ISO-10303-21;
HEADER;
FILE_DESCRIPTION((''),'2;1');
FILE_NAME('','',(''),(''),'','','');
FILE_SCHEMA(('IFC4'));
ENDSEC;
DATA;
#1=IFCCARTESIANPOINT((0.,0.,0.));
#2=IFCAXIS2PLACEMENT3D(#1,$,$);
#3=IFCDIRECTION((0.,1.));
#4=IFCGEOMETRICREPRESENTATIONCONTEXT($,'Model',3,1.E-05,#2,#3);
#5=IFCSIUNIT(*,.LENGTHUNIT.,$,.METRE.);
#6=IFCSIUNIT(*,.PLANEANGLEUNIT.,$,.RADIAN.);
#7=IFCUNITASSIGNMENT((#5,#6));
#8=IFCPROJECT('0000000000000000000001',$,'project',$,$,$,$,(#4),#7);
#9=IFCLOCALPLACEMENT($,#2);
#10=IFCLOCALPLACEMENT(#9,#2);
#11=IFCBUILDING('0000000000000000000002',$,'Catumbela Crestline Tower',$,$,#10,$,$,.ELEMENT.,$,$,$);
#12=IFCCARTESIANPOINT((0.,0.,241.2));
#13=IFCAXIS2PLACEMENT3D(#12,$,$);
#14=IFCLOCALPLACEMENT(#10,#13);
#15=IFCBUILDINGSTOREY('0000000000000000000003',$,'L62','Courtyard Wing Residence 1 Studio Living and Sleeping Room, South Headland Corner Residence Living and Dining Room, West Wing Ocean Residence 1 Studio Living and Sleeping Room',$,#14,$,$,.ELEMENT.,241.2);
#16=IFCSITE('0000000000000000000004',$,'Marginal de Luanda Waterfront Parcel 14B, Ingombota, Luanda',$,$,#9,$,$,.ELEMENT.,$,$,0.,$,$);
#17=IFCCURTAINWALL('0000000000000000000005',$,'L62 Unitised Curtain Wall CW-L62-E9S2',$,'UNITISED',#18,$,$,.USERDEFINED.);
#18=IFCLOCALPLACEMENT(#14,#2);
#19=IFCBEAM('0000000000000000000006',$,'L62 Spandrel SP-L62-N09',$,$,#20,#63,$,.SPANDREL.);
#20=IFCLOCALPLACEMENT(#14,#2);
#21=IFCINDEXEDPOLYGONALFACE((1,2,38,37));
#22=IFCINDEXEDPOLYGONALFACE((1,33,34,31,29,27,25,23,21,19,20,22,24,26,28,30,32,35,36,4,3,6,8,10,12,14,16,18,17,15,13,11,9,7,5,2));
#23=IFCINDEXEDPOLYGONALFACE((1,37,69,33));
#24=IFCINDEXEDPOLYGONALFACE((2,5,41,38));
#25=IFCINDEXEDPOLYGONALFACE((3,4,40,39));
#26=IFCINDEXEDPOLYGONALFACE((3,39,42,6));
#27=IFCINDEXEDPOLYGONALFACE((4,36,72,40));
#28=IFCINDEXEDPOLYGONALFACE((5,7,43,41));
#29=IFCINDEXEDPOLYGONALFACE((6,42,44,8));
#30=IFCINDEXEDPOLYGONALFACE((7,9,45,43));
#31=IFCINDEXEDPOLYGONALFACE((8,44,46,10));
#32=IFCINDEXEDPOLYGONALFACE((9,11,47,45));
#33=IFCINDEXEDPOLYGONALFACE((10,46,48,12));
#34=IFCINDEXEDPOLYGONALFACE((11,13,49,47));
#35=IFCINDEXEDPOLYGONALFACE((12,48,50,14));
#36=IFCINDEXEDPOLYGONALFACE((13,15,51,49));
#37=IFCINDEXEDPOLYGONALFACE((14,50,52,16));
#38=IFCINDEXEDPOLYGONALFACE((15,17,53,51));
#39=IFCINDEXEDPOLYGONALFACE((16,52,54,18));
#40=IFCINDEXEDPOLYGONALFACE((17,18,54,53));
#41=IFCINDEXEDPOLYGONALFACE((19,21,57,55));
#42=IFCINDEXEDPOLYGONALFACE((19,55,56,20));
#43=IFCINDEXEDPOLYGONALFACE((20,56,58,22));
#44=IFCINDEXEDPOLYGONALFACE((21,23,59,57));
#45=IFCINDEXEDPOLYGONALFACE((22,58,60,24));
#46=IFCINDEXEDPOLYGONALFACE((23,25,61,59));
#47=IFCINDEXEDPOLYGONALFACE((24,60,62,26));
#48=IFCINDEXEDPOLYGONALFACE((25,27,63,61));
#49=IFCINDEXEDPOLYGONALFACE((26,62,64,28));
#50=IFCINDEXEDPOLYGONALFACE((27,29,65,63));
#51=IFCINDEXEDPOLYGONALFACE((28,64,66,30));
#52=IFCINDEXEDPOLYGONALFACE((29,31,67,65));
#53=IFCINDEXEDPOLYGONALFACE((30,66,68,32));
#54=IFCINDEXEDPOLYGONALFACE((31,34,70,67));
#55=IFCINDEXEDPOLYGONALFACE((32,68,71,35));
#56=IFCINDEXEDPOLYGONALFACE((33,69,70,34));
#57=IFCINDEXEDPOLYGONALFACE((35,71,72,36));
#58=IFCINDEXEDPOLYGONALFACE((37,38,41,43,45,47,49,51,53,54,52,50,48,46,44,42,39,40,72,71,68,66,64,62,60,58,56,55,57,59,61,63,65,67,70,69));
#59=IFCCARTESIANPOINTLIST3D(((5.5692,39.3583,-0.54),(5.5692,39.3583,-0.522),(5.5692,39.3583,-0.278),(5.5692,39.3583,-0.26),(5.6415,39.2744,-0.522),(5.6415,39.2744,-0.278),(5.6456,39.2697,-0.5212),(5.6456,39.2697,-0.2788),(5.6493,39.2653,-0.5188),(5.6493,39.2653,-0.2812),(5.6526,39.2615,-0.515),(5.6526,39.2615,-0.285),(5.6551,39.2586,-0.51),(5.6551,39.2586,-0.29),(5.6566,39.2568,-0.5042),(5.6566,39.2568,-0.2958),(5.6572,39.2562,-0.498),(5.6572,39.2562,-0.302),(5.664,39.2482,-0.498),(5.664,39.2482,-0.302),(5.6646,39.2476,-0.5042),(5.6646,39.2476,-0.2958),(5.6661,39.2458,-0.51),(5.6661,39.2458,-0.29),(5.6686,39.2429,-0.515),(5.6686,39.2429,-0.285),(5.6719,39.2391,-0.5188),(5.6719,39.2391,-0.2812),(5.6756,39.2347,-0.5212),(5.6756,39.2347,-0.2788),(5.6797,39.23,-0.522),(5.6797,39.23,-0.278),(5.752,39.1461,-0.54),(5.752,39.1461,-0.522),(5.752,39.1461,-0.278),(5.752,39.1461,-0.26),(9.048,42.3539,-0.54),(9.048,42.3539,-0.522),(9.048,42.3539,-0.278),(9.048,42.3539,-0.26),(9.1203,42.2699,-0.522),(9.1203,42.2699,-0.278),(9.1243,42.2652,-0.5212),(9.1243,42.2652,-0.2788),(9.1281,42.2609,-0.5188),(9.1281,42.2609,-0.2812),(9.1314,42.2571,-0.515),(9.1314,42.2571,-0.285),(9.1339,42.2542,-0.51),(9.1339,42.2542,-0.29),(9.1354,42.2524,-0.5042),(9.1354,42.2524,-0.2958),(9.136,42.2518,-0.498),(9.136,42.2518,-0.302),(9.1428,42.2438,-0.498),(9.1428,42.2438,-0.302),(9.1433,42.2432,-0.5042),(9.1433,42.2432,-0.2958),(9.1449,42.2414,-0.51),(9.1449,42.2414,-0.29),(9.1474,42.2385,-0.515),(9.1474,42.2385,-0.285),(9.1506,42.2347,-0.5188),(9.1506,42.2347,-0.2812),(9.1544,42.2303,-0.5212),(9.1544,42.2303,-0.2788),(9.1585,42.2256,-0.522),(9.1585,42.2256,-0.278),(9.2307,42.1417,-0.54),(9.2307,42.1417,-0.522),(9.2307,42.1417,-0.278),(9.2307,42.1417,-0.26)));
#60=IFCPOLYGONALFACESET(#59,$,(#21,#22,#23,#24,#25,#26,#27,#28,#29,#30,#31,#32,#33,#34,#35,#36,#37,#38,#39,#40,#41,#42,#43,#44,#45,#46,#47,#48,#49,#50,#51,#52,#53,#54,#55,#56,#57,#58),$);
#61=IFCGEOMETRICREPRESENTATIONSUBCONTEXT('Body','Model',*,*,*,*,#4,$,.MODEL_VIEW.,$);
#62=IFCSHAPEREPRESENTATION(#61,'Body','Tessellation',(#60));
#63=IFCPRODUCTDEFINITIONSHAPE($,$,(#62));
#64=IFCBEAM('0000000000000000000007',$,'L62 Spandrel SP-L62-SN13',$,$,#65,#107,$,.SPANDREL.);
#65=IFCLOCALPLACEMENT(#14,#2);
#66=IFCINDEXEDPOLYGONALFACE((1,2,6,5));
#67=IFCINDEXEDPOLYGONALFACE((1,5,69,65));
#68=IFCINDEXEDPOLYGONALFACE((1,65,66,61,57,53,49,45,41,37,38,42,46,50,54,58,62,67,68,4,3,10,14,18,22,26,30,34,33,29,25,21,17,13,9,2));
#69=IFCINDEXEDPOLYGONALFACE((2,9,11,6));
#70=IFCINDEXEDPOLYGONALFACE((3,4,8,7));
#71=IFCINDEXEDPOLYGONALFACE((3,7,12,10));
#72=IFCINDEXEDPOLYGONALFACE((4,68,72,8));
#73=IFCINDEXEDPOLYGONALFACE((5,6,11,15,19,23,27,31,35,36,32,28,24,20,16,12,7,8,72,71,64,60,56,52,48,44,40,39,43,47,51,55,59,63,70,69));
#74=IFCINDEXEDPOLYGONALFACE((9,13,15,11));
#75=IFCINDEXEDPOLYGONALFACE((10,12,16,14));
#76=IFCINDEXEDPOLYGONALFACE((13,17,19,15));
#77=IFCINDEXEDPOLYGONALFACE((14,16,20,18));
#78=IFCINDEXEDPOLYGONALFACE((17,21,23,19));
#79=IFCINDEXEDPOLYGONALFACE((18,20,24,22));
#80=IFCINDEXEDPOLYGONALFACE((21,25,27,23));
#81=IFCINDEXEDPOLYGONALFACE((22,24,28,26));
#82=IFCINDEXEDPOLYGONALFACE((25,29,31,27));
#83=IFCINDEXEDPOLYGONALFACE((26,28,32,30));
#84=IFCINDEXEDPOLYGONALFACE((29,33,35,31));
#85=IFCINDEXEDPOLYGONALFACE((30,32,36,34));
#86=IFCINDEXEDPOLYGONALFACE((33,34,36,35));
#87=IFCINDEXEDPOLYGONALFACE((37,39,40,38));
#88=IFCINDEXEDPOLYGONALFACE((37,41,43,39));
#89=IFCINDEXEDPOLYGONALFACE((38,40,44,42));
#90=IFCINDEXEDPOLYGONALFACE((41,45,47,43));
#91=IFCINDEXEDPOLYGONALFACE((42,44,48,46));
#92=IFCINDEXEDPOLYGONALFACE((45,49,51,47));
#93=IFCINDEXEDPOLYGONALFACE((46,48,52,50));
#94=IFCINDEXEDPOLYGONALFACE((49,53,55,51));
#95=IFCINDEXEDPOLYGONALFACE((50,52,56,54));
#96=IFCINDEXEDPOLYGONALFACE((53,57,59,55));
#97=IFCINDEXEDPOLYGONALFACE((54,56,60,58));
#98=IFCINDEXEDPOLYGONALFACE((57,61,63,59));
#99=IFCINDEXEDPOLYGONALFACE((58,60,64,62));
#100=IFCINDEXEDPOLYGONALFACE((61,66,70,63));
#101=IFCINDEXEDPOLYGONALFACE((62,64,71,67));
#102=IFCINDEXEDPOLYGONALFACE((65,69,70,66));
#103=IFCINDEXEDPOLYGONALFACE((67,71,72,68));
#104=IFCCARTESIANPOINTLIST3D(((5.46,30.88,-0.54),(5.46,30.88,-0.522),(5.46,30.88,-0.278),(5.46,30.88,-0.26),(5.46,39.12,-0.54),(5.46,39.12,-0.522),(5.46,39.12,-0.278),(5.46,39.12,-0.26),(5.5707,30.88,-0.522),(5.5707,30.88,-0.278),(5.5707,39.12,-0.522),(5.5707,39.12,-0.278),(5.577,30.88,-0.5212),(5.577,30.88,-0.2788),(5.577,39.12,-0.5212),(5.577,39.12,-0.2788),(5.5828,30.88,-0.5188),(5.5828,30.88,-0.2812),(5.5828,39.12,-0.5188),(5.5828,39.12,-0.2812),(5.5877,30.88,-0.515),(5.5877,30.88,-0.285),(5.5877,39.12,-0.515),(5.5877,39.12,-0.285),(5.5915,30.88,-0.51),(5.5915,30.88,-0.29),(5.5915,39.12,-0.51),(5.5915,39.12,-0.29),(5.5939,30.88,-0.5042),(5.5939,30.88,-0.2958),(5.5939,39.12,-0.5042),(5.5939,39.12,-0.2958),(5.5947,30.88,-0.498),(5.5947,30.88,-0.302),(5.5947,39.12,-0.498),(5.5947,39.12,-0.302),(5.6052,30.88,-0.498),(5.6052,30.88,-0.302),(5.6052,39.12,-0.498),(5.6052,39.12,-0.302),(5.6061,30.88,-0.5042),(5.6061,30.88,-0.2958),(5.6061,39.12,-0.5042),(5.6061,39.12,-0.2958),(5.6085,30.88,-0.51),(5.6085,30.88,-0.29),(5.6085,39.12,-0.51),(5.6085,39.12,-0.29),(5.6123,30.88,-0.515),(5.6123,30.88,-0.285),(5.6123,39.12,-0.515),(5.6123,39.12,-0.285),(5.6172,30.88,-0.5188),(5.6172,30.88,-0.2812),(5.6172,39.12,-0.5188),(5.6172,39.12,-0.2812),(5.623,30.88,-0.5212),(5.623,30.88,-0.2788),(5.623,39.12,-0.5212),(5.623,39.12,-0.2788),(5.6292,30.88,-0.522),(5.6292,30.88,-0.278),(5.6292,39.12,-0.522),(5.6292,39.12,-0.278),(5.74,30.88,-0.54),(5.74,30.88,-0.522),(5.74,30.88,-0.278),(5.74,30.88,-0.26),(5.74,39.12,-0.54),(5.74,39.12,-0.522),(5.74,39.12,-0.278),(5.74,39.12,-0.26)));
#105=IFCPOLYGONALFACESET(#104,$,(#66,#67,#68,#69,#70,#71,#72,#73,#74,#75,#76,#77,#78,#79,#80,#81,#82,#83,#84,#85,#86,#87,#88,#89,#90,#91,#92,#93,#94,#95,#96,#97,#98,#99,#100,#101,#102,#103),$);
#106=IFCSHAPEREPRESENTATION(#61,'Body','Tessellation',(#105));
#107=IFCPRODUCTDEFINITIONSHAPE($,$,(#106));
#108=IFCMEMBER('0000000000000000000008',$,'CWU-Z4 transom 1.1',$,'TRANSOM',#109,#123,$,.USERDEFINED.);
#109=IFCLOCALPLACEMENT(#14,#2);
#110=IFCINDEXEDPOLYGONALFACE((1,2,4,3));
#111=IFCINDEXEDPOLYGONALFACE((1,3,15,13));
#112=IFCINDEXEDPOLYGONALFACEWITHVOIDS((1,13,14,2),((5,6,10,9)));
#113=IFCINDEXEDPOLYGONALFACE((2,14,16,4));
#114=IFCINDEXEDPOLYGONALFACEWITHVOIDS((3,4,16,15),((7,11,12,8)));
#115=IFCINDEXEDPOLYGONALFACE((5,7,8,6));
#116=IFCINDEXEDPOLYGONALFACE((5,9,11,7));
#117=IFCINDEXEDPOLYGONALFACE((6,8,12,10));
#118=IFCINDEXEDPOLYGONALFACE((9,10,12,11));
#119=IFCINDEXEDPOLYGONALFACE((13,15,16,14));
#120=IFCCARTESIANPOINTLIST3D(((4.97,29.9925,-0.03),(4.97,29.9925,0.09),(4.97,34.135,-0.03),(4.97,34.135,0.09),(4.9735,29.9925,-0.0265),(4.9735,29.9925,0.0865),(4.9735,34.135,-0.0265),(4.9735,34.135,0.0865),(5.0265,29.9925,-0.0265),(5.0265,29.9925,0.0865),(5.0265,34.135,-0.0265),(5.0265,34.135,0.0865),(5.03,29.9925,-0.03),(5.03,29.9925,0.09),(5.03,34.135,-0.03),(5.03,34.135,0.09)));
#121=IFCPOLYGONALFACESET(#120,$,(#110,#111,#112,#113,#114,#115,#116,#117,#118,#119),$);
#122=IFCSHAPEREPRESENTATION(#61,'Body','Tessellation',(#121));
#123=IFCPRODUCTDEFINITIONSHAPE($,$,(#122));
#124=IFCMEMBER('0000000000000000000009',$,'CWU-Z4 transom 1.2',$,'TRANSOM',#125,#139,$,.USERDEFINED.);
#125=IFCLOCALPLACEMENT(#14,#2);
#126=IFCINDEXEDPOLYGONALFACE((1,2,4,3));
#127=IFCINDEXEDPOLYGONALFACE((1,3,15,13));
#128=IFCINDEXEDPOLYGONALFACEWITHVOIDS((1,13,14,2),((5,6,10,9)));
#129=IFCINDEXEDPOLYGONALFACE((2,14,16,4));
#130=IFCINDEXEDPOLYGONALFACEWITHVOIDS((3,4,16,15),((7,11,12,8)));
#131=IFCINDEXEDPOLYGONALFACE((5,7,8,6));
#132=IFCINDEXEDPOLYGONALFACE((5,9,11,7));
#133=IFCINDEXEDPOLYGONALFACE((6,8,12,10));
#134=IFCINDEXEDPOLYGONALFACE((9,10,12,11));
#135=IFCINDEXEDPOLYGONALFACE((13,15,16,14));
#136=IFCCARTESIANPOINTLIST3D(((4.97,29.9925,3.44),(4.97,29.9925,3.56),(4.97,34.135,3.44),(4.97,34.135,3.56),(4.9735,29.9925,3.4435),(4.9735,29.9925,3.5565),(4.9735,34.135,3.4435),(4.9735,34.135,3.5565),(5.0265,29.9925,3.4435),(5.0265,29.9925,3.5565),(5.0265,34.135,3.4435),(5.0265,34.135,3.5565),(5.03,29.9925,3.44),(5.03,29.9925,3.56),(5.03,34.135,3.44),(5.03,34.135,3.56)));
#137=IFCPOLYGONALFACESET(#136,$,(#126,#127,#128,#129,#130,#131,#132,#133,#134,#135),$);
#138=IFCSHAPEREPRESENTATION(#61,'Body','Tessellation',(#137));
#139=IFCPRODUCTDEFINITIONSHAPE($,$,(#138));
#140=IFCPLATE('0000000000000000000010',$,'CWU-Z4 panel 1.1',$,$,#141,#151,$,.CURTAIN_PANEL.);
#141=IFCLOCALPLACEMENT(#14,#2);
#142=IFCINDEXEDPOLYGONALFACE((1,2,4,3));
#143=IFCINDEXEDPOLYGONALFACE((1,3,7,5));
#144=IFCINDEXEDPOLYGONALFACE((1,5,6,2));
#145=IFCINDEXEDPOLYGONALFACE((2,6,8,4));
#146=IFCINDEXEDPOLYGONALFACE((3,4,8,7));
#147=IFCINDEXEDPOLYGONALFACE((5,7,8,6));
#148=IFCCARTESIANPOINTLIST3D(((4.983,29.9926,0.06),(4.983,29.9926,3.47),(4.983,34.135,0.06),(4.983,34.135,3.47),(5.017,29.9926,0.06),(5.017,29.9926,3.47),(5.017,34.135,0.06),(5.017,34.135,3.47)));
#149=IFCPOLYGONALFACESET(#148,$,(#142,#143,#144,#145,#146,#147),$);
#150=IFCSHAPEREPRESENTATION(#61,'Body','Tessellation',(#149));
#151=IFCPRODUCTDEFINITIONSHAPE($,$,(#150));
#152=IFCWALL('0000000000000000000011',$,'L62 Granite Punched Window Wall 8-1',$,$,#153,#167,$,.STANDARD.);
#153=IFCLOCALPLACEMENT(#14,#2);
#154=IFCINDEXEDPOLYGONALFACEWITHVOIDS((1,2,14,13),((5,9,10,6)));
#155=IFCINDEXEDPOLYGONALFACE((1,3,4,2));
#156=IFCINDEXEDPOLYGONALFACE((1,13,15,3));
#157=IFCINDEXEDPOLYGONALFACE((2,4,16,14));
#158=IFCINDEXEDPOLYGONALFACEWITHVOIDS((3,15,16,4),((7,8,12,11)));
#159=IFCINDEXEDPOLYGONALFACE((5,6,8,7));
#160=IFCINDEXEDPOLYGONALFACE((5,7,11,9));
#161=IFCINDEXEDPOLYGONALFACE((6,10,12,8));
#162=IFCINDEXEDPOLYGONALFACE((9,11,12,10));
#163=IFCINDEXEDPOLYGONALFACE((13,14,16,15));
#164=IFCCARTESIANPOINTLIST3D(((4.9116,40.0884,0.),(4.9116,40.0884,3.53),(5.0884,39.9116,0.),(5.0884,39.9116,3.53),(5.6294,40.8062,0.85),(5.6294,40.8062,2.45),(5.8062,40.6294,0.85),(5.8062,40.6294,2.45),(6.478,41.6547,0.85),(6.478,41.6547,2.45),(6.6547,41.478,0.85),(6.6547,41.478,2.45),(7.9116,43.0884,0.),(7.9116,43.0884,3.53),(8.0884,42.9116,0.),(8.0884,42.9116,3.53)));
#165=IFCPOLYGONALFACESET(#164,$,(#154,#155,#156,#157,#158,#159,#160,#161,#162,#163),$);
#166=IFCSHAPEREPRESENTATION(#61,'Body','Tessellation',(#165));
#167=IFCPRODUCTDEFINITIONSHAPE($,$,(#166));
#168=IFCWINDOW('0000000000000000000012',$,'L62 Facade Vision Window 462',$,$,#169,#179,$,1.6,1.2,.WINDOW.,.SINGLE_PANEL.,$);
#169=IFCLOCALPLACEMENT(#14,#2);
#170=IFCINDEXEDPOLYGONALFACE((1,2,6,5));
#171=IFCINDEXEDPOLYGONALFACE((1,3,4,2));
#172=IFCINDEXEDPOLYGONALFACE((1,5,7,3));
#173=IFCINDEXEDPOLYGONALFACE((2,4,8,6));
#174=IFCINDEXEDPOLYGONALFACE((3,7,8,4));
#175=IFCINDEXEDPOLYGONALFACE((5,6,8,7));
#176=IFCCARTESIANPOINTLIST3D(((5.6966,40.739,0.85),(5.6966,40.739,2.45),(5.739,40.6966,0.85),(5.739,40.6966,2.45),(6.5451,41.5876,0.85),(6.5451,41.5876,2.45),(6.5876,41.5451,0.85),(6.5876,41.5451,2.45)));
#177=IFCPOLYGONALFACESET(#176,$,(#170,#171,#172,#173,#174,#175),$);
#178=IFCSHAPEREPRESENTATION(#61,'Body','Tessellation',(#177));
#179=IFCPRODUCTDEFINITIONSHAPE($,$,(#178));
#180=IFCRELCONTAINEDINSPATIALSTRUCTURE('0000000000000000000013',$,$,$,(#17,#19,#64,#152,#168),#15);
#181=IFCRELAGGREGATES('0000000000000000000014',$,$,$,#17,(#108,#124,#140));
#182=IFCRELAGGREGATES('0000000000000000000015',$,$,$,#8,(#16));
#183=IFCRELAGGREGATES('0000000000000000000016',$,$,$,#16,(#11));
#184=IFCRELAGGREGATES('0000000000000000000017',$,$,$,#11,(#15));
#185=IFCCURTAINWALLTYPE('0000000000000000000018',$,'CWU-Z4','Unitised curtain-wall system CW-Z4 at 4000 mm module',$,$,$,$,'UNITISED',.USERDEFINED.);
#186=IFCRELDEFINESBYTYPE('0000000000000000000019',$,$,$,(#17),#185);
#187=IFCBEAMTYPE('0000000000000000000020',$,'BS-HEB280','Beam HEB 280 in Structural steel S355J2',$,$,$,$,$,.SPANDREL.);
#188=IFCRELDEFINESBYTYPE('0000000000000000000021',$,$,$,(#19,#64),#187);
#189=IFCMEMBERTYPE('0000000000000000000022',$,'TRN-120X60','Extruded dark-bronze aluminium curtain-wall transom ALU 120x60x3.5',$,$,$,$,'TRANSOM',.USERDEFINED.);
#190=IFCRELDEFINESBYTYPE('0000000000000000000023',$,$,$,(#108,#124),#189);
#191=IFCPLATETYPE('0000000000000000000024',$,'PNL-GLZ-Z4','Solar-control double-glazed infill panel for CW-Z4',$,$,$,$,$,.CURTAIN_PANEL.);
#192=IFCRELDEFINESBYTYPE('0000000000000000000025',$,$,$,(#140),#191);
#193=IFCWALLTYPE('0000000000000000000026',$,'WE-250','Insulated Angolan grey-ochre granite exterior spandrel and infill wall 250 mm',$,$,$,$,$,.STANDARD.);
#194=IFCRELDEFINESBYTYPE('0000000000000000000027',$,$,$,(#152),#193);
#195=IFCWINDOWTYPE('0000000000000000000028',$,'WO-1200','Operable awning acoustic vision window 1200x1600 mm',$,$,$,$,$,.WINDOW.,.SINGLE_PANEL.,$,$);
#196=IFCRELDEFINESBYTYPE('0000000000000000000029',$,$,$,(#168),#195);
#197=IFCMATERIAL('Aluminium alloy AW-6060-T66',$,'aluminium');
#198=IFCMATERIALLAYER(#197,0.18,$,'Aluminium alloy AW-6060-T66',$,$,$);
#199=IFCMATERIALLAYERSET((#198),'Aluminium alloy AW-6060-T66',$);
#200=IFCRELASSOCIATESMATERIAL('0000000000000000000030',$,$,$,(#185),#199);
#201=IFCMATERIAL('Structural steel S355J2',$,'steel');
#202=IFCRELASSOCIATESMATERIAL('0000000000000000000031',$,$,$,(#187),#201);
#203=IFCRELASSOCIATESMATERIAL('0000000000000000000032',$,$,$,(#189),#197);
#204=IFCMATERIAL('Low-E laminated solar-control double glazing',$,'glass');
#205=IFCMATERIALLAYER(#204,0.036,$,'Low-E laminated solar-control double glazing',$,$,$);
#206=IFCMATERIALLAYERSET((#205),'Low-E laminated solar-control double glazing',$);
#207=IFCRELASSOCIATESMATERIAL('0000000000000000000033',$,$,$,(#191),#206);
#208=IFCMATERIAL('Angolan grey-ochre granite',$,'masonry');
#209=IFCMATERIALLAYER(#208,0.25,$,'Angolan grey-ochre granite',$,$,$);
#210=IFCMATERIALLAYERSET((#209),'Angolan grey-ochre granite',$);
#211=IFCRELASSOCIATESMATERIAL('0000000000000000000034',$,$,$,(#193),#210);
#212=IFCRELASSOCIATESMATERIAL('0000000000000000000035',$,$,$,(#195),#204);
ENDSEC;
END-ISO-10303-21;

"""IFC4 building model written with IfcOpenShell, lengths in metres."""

from ifc_helpers import new_model, si_unit, direction, frame, frame_2d, origin, origin_2d, place, context, subcontext, project, spatial, rectangle, hollow_rectangle, i_section, extrude, material, layer, layer_set, material_profile, profile_set, type_object, element, fill, aggregate, save


model = new_model("IFC4")

# Units and contexts
model_context = context("Model", 3, precision=1e-05, world=origin(), true_north=direction((0.0, 1.0)))
body_context = subcontext(model_context, "Body", "Model", "MODEL_VIEW")
ifc_project = project(units=[si_unit("LENGTHUNIT", "METRE"), si_unit("PLANEANGLEUNIT", "RADIAN")], contexts=[model_context])

# Site, building, storey
site_placement = place(None, origin())
site = spatial("IfcSite", under=ifc_project, at=site_placement, Name="Marginal de Luanda Waterfront Parcel 14B, Ingombota, Luanda", CompositionType="ELEMENT", RefElevation=0.0)
building_placement = place(site_placement, origin())
building = spatial("IfcBuilding", under=site, at=building_placement, Name="Catumbela Crestline Tower", CompositionType="ELEMENT")
storey_placement = place(building_placement, frame((0.0, 0.0, 241.2)))
storey = spatial("IfcBuildingStorey", under=building, at=storey_placement, Name="L62", Description="Courtyard Wing Residence 1 Studio Living and Sleeping Room, South Headland Corner Residence Living and Dining Room, West Wing Ocean Residence 1 Studio Living and Sleeping Room", CompositionType="ELEMENT", Elevation=241.2)

# Shared definitions
ifc_material_1 = material(Name="Structural steel S355J2", Category="steel")

# Curtain wall
ifc_material_2 = material(Name="Aluminium alloy AW-6060-T66", Category="aluminium")
ifc_layer_1 = layer(ifc_material_2, 0.18, Name="Aluminium alloy AW-6060-T66")
ifc_layer_set_1 = layer_set([ifc_layer_1], Name="Aluminium alloy AW-6060-T66")
curtain_wall_type = type_object("IfcCurtainWallType", Name="CWU-Z4", Description="Unitised curtain-wall system CW-Z4 at 4000 mm module", ElementType="UNITISED", PredefinedType="USERDEFINED", material=ifc_layer_set_1)
curtain_wall_1_placement = place(storey_placement, origin())
curtain_wall_1 = element("IfcCurtainWall", 1, at=curtain_wall_1_placement, inside=storey, type_object=curtain_wall_type, Name="L62 Unitised Curtain Wall CW-L62-E9S2", ObjectType="UNITISED", PredefinedType="USERDEFINED")

# Beams
ifc_material_profile_1 = material_profile(ifc_material_1, i_section(OverallWidth=0.28, OverallDepth=0.28, WebThickness=0.0105, FlangeThickness=0.018, FilletRadius=0.024, at=origin_2d()), Name="HEB 280")
ifc_profile_set_1 = profile_set([ifc_material_profile_1], Name="Structural steel S355J2")
beam_type_1 = type_object("IfcBeamType", Name="BS-HEB280", Description="Beam HEB 280 in Structural steel S355J2", PredefinedType="SPANDREL", material=ifc_profile_set_1)
beam_1_placement = place(storey_placement, frame((5.6606, 39.2522, -0.4), z_axis=(0.757772, 0.652519, 0.0), x_axis=(-0.652519, 0.757772, 0.0)))
element("IfcBeam", 2, at=beam_1_placement, inside=storey, type_object=beam_type_1, Name="L62 Spandrel SP-L62-N09", PredefinedType="SPANDREL", context=body_context, shape_type="SweptSolid", body=[
    extrude(i_section(OverallWidth=0.28, OverallDepth=0.28, WebThickness=0.0105, FlangeThickness=0.018, FilletRadius=0.024, at=origin_2d()), origin(), (0.0, 0.0, 1.0), 4.5908),
])
beam_2_placement = place(storey_placement, frame((5.6, 30.88, -0.4), z_axis=(0.0, 1.0, 0.0), x_axis=(-1.0, 0.0, 0.0)))
element("IfcBeam", 3, at=beam_2_placement, inside=storey, type_object=beam_type_1, Name="L62 Spandrel SP-L62-SN13", PredefinedType="SPANDREL", context=body_context, shape_type="SweptSolid", body=[
    extrude(i_section(OverallWidth=0.28, OverallDepth=0.28, WebThickness=0.0105, FlangeThickness=0.018, FilletRadius=0.024, at=origin_2d()), origin(), (0.0, 0.0, 1.0), 8.24),
])

# Members
ifc_material_profile_2 = material_profile(ifc_material_2, hollow_rectangle(XDim=0.06, YDim=0.12, WallThickness=0.0035, at=origin_2d()), Name="ALU 120x60x3.5")
ifc_profile_set_2 = profile_set([ifc_material_profile_2], Name="Aluminium alloy AW-6060-T66")
member_type_1 = type_object("IfcMemberType", Name="TRN-120X60", Description="Extruded dark-bronze aluminium curtain-wall transom ALU 120x60x3.5", ElementType="TRANSOM", PredefinedType="USERDEFINED", material=ifc_profile_set_2)
member_1_placement = place(storey_placement, frame((5.0, 34.135, 0.03), z_axis=(0.0, -1.0, 0.0), x_axis=(1.0, 0.0, 0.0)))
member_1 = element("IfcMember", 4, at=member_1_placement, type_object=member_type_1, Name="CWU-Z4 transom 1.1", ObjectType="TRANSOM", PredefinedType="USERDEFINED", context=body_context, shape_type="SweptSolid", body=[
    extrude(hollow_rectangle(XDim=0.06, YDim=0.12, WallThickness=0.0035, at=origin_2d()), origin(), (0.0, 0.0, 1.0), 4.1425),
])
member_2_placement = place(storey_placement, frame((5.0, 34.135, 3.5), z_axis=(0.0, -1.0, 0.0), x_axis=(1.0, 0.0, 0.0)))
member_2 = element("IfcMember", 5, at=member_2_placement, type_object=member_type_1, Name="CWU-Z4 transom 1.2", ObjectType="TRANSOM", PredefinedType="USERDEFINED", context=body_context, shape_type="SweptSolid", body=[
    extrude(hollow_rectangle(XDim=0.06, YDim=0.12, WallThickness=0.0035, at=origin_2d()), origin(), (0.0, 0.0, 1.0), 4.1425),
])

# Plate
ifc_material_3 = material(Name="Low-E laminated solar-control double glazing", Category="glass")
ifc_layer_2 = layer(ifc_material_3, 0.036, Name="Low-E laminated solar-control double glazing")
ifc_layer_set_2 = layer_set([ifc_layer_2], Name="Low-E laminated solar-control double glazing")
plate_type = type_object("IfcPlateType", Name="PNL-GLZ-Z4", Description="Solar-control double-glazed infill panel for CW-Z4", PredefinedType="CURTAIN_PANEL", material=ifc_layer_set_2)
plate_placement = place(storey_placement, frame((5.0, 32.0638, 0.06), z_axis=(0.0, 0.0, 1.0), x_axis=(0.0, -1.0, 0.0)))
plate = element("IfcPlate", 6, at=plate_placement, type_object=plate_type, Name="CWU-Z4 panel 1.1", PredefinedType="CURTAIN_PANEL", context=body_context, shape_type="SweptSolid", body=[
    extrude(rectangle(XDim=4.1425, YDim=0.034, at=origin_2d()), origin(), (0.0, 0.0, 1.0), 3.41),
])
aggregate(curtain_wall_1, [member_1, member_2, plate])

# Wall, opening, window
ifc_material_4 = material(Name="Angolan grey-ochre granite", Category="masonry")
ifc_layer_3 = layer(ifc_material_4, 0.25, Name="Angolan grey-ochre granite")
ifc_layer_set_3 = layer_set([ifc_layer_3], Name="Angolan grey-ochre granite")
wall_type_1 = type_object("IfcWallType", Name="WE-250", Description="Insulated Angolan grey-ochre granite exterior spandrel and infill wall 250 mm", PredefinedType="STANDARD", material=ifc_layer_set_3)
wall_1_placement = place(storey_placement, frame((8.0, 43.0, 0.0), z_axis=(0.0, 0.0, 1.0), x_axis=(-0.707107, -0.707107, 0.0)))
wall_1 = element("IfcWall", 7, at=wall_1_placement, inside=storey, type_object=wall_type_1, Name="L62 Granite Punched Window Wall 8-1", PredefinedType="STANDARD", context=body_context, shape_type="SweptSolid", body=[
    extrude(rectangle(XDim=4.2426, YDim=0.25, at=frame_2d((2.1213, 0.0))), origin(), (0.0, 0.0, 1.0), 3.53),
])
opening_1_placement = place(wall_1_placement, frame((2.0275, 0.0, 0.85)))
opening_1 = element("IfcOpeningElement", 8, at=opening_1_placement, cuts=wall_1, PredefinedType="OPENING", context=body_context, shape_type="SweptSolid", body=[
    extrude(rectangle(XDim=1.2, YDim=1.6, at=frame_2d((0.6, 0.8))), frame((0.0, 0.135, 0.0), z_axis=(0.0, -1.0, 0.0), x_axis=(1.0, 0.0, 0.0)), (0.0, 0.0, 1.0), 0.27),
])
window_type_1 = type_object("IfcWindowType", Name="WO-1200", Description="Operable awning acoustic vision window 1200x1600 mm", PartitioningType="SINGLE_PANEL", PredefinedType="WINDOW", material=ifc_material_3)
window_1_placement = place(opening_1_placement, origin())
window_1 = element("IfcWindow", 9, at=window_1_placement, inside=storey, type_object=window_type_1, Name="L62 Facade Vision Window 462", OverallHeight=1.6, OverallWidth=1.2, PartitioningType="SINGLE_PANEL", PredefinedType="WINDOW", context=body_context, shape_type="SweptSolid", body=[
    extrude(rectangle(XDim=1.2, YDim=1.6, at=frame_2d((0.6, 0.8))), frame((0.0, 0.03, 0.0), z_axis=(0.0, -1.0, 0.0), x_axis=(1.0, 0.0, 0.0)), (0.0, 0.0, 1.0), 0.06),
])
fill(opening_1, window_1)

save(model, "model.ifc")
